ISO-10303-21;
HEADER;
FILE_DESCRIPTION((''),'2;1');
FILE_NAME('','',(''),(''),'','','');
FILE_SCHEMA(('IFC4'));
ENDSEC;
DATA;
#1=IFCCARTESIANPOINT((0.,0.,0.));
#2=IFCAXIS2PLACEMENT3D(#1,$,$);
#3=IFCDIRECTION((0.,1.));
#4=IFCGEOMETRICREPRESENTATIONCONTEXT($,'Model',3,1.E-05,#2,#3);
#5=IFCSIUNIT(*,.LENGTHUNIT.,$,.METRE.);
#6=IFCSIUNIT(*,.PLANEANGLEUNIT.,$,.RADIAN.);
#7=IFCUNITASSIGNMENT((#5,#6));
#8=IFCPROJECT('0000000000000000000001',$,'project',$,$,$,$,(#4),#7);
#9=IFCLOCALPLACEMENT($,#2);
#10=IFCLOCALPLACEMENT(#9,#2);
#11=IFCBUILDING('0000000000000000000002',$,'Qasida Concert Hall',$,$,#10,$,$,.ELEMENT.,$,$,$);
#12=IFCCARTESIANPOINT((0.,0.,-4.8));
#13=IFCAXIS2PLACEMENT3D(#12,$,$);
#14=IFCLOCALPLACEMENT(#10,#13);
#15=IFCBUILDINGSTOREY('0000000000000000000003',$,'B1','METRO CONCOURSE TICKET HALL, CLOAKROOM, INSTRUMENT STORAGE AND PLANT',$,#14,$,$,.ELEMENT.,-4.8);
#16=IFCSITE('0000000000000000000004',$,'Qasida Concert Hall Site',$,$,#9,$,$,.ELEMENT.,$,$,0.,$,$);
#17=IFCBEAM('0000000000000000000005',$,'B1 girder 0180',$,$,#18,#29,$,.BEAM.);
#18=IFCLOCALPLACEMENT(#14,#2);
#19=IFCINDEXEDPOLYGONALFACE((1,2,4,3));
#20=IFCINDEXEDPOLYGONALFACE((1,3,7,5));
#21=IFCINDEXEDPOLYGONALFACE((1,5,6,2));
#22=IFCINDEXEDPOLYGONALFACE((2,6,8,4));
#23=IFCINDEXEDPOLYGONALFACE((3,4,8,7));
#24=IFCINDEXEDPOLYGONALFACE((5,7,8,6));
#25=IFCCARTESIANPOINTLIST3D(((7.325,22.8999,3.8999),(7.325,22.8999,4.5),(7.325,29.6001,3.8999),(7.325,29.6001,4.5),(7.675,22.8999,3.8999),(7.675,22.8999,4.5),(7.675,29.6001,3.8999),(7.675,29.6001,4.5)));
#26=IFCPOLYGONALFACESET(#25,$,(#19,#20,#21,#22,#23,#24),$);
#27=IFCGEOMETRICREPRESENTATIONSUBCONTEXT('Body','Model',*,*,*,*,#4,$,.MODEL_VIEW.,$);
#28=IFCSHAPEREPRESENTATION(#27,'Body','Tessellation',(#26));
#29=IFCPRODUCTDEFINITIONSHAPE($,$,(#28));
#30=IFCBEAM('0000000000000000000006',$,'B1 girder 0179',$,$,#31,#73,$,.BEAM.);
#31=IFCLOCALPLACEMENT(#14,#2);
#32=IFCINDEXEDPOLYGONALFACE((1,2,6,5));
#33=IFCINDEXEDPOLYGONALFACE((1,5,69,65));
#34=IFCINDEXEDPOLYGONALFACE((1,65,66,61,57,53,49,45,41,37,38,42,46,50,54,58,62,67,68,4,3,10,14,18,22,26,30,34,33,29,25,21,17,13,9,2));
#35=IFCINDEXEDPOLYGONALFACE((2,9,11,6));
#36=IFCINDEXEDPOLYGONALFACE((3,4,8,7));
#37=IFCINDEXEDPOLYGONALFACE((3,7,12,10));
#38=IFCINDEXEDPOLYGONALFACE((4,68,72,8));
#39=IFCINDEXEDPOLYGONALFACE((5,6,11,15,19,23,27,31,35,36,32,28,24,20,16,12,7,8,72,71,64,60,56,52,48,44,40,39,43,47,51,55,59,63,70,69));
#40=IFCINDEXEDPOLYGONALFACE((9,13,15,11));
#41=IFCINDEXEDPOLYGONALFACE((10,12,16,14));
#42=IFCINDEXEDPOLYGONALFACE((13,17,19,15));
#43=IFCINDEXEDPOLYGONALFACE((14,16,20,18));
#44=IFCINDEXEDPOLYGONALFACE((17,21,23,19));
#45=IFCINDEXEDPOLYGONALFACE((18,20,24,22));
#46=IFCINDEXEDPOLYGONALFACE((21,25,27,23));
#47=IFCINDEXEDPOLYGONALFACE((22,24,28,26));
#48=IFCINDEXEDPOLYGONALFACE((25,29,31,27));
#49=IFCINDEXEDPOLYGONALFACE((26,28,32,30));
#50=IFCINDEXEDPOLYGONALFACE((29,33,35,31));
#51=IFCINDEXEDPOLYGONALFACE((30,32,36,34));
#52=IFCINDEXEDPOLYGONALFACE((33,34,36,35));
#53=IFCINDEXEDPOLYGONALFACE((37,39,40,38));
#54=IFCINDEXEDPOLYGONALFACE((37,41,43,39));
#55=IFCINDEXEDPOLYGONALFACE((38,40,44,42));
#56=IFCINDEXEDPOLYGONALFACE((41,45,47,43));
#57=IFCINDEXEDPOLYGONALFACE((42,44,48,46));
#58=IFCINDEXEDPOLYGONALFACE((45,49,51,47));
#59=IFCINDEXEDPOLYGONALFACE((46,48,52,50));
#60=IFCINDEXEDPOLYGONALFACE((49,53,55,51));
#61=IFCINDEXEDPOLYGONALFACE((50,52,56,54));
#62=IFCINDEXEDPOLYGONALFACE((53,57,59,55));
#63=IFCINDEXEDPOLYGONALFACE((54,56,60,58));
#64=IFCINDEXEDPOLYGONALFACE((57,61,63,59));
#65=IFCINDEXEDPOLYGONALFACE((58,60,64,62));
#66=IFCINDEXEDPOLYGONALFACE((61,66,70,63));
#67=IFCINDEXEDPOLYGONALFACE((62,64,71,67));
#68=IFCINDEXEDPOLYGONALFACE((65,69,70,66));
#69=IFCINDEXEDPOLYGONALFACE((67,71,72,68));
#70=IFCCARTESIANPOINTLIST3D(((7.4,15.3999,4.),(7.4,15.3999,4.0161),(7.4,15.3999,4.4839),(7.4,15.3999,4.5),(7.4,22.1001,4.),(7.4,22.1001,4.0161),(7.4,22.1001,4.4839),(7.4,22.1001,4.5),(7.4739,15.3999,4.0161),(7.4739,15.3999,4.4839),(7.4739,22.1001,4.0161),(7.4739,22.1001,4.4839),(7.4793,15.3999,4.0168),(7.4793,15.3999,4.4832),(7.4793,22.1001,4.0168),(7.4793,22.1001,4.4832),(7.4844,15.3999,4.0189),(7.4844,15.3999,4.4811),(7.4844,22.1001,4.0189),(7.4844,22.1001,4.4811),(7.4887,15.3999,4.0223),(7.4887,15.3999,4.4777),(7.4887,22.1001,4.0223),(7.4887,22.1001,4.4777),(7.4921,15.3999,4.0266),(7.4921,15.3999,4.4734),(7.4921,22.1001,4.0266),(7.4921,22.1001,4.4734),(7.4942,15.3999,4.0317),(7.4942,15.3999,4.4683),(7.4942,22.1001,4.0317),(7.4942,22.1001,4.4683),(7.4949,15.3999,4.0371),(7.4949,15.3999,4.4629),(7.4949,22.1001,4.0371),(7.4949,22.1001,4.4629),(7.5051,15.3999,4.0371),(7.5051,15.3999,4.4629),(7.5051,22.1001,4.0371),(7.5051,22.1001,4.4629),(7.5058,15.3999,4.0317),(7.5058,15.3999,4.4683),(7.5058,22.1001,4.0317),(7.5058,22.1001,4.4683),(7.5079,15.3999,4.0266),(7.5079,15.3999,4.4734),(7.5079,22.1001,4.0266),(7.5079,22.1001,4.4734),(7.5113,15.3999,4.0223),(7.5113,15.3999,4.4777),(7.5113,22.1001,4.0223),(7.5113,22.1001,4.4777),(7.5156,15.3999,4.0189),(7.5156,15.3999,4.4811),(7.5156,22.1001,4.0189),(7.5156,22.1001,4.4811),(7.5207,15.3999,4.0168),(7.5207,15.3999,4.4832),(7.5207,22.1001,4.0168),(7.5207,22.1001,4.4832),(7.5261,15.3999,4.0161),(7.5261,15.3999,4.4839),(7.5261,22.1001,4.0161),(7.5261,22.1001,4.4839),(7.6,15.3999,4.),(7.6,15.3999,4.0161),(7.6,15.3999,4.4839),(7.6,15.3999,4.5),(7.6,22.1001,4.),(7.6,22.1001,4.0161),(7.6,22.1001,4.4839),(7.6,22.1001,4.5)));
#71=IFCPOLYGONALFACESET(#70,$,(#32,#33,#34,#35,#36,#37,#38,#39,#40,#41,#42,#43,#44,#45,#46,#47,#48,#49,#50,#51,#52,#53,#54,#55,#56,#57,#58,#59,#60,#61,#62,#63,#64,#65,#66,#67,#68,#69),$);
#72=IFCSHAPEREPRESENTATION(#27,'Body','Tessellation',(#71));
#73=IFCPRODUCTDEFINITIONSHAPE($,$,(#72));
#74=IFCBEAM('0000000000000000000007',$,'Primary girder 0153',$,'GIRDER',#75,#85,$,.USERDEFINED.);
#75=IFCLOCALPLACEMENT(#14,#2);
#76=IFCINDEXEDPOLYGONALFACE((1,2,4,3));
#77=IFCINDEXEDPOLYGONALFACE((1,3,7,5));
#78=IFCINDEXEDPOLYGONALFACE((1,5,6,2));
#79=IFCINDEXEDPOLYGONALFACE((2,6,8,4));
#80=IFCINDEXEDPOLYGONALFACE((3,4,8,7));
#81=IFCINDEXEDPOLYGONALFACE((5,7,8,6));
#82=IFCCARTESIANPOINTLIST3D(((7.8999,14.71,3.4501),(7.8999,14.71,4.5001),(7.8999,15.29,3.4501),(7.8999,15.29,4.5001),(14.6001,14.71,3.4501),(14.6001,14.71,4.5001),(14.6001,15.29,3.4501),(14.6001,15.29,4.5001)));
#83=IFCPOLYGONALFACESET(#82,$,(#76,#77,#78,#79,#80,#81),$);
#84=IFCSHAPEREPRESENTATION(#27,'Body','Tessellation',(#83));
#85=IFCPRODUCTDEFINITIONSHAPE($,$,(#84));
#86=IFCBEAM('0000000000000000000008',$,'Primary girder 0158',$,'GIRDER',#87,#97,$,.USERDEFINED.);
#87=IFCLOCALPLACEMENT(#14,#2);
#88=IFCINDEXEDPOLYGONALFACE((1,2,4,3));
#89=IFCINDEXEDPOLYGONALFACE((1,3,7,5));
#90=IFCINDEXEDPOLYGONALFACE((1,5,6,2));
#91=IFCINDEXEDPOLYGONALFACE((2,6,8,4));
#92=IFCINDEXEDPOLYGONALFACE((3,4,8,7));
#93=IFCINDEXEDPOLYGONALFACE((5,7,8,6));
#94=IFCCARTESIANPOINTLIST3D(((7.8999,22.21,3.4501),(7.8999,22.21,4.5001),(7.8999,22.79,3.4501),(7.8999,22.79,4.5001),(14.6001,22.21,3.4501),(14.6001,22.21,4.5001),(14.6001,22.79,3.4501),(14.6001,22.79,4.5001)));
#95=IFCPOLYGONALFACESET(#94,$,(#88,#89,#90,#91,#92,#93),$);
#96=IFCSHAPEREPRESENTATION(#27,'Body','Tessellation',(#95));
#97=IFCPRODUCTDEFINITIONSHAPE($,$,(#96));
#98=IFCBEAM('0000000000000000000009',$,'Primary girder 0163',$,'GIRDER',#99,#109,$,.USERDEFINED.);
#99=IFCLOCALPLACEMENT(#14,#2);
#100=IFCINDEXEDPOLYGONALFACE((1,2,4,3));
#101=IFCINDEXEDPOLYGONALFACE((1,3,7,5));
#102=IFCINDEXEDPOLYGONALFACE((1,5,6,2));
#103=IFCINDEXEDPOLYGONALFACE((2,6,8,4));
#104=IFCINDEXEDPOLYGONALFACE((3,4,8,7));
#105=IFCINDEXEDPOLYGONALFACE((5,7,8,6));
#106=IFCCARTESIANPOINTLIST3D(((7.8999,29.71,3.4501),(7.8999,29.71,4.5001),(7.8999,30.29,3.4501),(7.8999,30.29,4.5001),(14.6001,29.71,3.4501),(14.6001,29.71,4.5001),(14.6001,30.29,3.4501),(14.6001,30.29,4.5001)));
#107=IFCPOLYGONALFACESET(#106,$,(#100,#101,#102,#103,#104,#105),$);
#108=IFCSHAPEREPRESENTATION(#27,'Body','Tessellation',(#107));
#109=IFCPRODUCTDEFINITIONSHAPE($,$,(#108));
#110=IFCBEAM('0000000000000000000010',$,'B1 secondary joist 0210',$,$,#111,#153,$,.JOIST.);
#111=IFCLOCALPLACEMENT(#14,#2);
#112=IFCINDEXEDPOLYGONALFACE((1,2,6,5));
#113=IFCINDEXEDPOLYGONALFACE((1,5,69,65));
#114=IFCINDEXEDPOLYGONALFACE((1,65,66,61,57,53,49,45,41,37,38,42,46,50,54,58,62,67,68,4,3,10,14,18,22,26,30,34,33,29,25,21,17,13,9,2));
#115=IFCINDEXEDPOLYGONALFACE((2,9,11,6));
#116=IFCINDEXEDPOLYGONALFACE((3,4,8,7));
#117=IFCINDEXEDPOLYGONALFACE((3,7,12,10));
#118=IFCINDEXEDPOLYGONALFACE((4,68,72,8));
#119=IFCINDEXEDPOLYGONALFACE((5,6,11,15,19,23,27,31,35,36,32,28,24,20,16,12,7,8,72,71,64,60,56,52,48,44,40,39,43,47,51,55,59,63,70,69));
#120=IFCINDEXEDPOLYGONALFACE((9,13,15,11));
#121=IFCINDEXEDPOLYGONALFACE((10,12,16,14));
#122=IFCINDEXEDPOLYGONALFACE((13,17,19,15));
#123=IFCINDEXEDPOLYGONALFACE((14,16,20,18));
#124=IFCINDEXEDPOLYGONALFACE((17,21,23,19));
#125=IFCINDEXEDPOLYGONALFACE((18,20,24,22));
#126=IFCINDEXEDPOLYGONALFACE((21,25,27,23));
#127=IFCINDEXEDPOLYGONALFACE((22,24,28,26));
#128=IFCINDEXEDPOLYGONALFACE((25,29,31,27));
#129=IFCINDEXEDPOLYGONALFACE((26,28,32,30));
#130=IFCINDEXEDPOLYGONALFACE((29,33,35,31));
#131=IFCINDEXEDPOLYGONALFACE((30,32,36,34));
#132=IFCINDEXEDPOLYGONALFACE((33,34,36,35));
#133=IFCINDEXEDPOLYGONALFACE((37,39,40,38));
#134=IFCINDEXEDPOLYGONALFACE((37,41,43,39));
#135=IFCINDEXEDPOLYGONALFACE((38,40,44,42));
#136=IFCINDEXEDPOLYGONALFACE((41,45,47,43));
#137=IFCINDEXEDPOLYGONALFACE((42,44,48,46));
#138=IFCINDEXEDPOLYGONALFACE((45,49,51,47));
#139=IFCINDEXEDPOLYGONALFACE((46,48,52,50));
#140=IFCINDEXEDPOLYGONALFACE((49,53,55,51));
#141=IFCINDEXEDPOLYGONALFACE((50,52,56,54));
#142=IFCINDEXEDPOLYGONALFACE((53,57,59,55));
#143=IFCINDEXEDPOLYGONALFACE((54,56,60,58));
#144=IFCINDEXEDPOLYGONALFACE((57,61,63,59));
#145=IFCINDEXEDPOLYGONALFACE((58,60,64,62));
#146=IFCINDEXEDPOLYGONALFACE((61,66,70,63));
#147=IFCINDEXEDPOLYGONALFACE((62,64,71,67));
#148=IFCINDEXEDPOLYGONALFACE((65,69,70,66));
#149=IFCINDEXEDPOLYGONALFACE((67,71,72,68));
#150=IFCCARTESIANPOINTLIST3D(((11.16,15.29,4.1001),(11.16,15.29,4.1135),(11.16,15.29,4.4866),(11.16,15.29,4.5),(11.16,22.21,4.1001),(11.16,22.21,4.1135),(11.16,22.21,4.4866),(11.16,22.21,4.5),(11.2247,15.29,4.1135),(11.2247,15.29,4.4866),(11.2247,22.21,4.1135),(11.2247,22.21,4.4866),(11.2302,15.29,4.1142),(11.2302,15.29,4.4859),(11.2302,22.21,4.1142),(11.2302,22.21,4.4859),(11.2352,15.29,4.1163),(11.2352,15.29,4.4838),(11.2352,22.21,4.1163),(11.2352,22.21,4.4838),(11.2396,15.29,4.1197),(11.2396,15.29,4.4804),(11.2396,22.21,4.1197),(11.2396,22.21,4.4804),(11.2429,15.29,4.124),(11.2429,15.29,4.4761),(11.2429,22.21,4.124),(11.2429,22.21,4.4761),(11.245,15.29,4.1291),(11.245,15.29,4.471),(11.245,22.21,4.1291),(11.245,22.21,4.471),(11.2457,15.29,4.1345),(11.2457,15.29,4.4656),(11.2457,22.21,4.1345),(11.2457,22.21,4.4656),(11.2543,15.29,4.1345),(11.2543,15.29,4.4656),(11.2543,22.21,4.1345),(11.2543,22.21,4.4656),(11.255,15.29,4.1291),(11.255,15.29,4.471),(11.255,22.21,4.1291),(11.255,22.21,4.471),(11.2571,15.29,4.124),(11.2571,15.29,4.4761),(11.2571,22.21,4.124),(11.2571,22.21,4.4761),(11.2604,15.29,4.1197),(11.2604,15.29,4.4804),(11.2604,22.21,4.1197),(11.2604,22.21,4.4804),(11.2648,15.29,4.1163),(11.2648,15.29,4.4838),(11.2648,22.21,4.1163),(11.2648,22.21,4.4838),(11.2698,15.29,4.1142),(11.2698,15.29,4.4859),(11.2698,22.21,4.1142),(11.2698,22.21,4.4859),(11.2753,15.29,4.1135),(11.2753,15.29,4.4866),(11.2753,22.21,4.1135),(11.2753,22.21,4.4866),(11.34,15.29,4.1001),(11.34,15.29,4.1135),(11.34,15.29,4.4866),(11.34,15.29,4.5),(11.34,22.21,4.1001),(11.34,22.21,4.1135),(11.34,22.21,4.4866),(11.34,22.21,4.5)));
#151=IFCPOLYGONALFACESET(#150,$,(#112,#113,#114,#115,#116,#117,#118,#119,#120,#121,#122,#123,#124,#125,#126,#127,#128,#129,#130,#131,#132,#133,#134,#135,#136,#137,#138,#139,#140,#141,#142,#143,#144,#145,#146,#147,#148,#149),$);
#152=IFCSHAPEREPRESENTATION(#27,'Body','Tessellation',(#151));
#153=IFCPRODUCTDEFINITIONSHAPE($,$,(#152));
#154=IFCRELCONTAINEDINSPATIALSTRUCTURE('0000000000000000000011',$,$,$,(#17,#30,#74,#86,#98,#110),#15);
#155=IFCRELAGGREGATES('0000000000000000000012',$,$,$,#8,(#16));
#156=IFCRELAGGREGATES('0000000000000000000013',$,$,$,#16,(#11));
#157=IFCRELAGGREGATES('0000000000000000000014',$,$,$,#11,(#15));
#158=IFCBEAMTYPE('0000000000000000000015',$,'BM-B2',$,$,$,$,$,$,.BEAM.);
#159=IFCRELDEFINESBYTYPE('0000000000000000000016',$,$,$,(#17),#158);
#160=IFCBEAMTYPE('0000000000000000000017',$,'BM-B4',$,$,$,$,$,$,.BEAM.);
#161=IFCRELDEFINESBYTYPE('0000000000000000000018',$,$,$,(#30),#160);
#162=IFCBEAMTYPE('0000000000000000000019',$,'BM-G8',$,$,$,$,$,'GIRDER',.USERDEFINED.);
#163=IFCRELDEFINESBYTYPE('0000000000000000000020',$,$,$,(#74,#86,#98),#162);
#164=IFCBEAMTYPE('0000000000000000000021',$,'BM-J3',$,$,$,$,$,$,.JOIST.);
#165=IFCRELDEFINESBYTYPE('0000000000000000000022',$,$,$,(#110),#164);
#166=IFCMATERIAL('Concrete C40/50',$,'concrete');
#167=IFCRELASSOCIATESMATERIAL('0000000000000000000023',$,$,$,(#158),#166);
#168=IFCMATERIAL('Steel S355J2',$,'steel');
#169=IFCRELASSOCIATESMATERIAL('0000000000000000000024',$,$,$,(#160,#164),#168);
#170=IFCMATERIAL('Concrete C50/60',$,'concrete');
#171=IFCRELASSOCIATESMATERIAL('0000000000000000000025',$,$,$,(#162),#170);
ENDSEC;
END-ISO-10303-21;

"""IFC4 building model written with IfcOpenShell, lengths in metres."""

from ifc_helpers import new_model, si_unit, direction, frame, origin, origin_2d, place, context, subcontext, project, spatial, rectangle, i_section, extrude, material, material_profile, profile_set, type_object, element, save


model = new_model("IFC4")

# Units and contexts
model_context = context("Model", 3, precision=1e-05, world=origin(), true_north=direction((0.0, 1.0)))
body_context = subcontext(model_context, "Body", "Model", "MODEL_VIEW")
ifc_project = project(units=[si_unit("LENGTHUNIT", "METRE"), si_unit("PLANEANGLEUNIT", "RADIAN")], contexts=[model_context])

# Site, building, storey
site_placement = place(None, origin())
site = spatial("IfcSite", under=ifc_project, at=site_placement, Name="Qasida Concert Hall Site", CompositionType="ELEMENT", RefElevation=0.0)
building_placement = place(site_placement, origin())
building = spatial("IfcBuilding", under=site, at=building_placement, Name="Qasida Concert Hall", CompositionType="ELEMENT")
storey_placement = place(building_placement, frame((0.0, 0.0, -4.8)))
storey = spatial("IfcBuildingStorey", under=building, at=storey_placement, Name="B1", Description="METRO CONCOURSE TICKET HALL, CLOAKROOM, INSTRUMENT STORAGE AND PLANT", CompositionType="ELEMENT", Elevation=-4.8)

# Shared definitions
ifc_material_1 = material(Name="Concrete C40/50", Category="concrete")

# Shared definitions
ifc_material_2 = material(Name="Concrete C50/60", Category="concrete")

# Beams
ifc_material_profile_1 = material_profile(ifc_material_1, rectangle(XDim=0.3501, YDim=0.6001, at=origin_2d()), Name="RC 350x600")
ifc_profile_set_1 = profile_set([ifc_material_profile_1], Name="Concrete C40/50")
beam_type_1 = type_object("IfcBeamType", Name="BM-B2", PredefinedType="BEAM", material=ifc_profile_set_1)
beam_1_placement = place(storey_placement, frame((7.5, 22.8999, 4.2), z_axis=(0.0, 1.0, 0.0), x_axis=(-1.0, 0.0, 0.0)))
element("IfcBeam", 1, at=beam_1_placement, inside=storey, type_object=beam_type_1, Name="B1 girder 0180", PredefinedType="BEAM", context=body_context, shape_type="SweptSolid", body=[
    extrude(rectangle(XDim=0.3501, YDim=0.6001, at=origin_2d()), origin(), (0.0, 0.0, 1.0), 6.7002),
])
ifc_material_3 = material(Name="Steel S355J2", Category="steel")
ifc_material_profile_2 = material_profile(ifc_material_3, i_section(OverallWidth=0.2, OverallDepth=0.5, WebThickness=0.0103, FlangeThickness=0.0161, FilletRadius=0.021, at=origin_2d()), Name="IPE 500")
ifc_profile_set_2 = profile_set([ifc_material_profile_2], Name="Steel S355J2")
beam_type_2 = type_object("IfcBeamType", Name="BM-B4", PredefinedType="BEAM", material=ifc_profile_set_2)
beam_2_placement = place(storey_placement, frame((7.5, 15.3999, 4.25), z_axis=(0.0, 1.0, 0.0), x_axis=(-1.0, 0.0, 0.0)))
element("IfcBeam", 2, at=beam_2_placement, inside=storey, type_object=beam_type_2, Name="B1 girder 0179", PredefinedType="BEAM", context=body_context, shape_type="SweptSolid", body=[
    extrude(i_section(OverallWidth=0.2, OverallDepth=0.5, WebThickness=0.0103, FlangeThickness=0.0161, FilletRadius=0.021, at=origin_2d()), origin(), (0.0, 0.0, 1.0), 6.7002),
])
ifc_material_profile_3 = material_profile(ifc_material_2, rectangle(XDim=0.5801, YDim=1.05, at=origin_2d()), Name="RC 580x1050")
ifc_profile_set_3 = profile_set([ifc_material_profile_3], Name="Concrete C50/60")
beam_type_3 = type_object("IfcBeamType", Name="BM-G8", ElementType="GIRDER", PredefinedType="USERDEFINED", material=ifc_profile_set_3)
for number, where, z_axis, x_axis, name in (
    (3, (7.8999, 15.0, 3.9751), (1.0, 0.0, 0.0), (0.0, 1.0, 0.0), "Primary girder 0153"),
    (4, (7.8999, 22.5, 3.9751), (1.0, 0.0, 0.0), (0.0, 1.0, 0.0), "Primary girder 0158"),
    (5, (7.8999, 30.0, 3.9751), (1.0, 0.0, 0.0), (0.0, 1.0, 0.0), "Primary girder 0163"),
):
    element("IfcBeam", number, at=place(storey_placement, frame(where, z_axis=z_axis, x_axis=x_axis)), inside=storey, type_object=beam_type_3, Name=name, ObjectType="GIRDER", PredefinedType="USERDEFINED", context=body_context, shape_type="SweptSolid", body=[
        extrude(rectangle(XDim=0.5801, YDim=1.05, at=origin_2d()), origin(), (0.0, 0.0, 1.0), 6.7002),
    ])
ifc_material_profile_4 = material_profile(ifc_material_3, i_section(OverallWidth=0.1799, OverallDepth=0.3999, WebThickness=0.0085, FlangeThickness=0.0134, FilletRadius=0.021, at=origin_2d()), Name="IPE 400")
ifc_profile_set_4 = profile_set([ifc_material_profile_4], Name="Steel S355J2")
beam_type_4 = type_object("IfcBeamType", Name="BM-J3", PredefinedType="JOIST", material=ifc_profile_set_4)
beam_3_placement = place(storey_placement, frame((11.25, 15.29, 4.3), z_axis=(0.0, 1.0, 0.0), x_axis=(-1.0, 0.0, 0.0)))
element("IfcBeam", 6, at=beam_3_placement, inside=storey, type_object=beam_type_4, Name="B1 secondary joist 0210", PredefinedType="JOIST", context=body_context, shape_type="SweptSolid", body=[
    extrude(i_section(OverallWidth=0.1799, OverallDepth=0.3999, WebThickness=0.0085, FlangeThickness=0.0134, FilletRadius=0.021, at=origin_2d()), origin(), (0.0, 0.0, 1.0), 6.9199),
])

save(model, "model.ifc")
